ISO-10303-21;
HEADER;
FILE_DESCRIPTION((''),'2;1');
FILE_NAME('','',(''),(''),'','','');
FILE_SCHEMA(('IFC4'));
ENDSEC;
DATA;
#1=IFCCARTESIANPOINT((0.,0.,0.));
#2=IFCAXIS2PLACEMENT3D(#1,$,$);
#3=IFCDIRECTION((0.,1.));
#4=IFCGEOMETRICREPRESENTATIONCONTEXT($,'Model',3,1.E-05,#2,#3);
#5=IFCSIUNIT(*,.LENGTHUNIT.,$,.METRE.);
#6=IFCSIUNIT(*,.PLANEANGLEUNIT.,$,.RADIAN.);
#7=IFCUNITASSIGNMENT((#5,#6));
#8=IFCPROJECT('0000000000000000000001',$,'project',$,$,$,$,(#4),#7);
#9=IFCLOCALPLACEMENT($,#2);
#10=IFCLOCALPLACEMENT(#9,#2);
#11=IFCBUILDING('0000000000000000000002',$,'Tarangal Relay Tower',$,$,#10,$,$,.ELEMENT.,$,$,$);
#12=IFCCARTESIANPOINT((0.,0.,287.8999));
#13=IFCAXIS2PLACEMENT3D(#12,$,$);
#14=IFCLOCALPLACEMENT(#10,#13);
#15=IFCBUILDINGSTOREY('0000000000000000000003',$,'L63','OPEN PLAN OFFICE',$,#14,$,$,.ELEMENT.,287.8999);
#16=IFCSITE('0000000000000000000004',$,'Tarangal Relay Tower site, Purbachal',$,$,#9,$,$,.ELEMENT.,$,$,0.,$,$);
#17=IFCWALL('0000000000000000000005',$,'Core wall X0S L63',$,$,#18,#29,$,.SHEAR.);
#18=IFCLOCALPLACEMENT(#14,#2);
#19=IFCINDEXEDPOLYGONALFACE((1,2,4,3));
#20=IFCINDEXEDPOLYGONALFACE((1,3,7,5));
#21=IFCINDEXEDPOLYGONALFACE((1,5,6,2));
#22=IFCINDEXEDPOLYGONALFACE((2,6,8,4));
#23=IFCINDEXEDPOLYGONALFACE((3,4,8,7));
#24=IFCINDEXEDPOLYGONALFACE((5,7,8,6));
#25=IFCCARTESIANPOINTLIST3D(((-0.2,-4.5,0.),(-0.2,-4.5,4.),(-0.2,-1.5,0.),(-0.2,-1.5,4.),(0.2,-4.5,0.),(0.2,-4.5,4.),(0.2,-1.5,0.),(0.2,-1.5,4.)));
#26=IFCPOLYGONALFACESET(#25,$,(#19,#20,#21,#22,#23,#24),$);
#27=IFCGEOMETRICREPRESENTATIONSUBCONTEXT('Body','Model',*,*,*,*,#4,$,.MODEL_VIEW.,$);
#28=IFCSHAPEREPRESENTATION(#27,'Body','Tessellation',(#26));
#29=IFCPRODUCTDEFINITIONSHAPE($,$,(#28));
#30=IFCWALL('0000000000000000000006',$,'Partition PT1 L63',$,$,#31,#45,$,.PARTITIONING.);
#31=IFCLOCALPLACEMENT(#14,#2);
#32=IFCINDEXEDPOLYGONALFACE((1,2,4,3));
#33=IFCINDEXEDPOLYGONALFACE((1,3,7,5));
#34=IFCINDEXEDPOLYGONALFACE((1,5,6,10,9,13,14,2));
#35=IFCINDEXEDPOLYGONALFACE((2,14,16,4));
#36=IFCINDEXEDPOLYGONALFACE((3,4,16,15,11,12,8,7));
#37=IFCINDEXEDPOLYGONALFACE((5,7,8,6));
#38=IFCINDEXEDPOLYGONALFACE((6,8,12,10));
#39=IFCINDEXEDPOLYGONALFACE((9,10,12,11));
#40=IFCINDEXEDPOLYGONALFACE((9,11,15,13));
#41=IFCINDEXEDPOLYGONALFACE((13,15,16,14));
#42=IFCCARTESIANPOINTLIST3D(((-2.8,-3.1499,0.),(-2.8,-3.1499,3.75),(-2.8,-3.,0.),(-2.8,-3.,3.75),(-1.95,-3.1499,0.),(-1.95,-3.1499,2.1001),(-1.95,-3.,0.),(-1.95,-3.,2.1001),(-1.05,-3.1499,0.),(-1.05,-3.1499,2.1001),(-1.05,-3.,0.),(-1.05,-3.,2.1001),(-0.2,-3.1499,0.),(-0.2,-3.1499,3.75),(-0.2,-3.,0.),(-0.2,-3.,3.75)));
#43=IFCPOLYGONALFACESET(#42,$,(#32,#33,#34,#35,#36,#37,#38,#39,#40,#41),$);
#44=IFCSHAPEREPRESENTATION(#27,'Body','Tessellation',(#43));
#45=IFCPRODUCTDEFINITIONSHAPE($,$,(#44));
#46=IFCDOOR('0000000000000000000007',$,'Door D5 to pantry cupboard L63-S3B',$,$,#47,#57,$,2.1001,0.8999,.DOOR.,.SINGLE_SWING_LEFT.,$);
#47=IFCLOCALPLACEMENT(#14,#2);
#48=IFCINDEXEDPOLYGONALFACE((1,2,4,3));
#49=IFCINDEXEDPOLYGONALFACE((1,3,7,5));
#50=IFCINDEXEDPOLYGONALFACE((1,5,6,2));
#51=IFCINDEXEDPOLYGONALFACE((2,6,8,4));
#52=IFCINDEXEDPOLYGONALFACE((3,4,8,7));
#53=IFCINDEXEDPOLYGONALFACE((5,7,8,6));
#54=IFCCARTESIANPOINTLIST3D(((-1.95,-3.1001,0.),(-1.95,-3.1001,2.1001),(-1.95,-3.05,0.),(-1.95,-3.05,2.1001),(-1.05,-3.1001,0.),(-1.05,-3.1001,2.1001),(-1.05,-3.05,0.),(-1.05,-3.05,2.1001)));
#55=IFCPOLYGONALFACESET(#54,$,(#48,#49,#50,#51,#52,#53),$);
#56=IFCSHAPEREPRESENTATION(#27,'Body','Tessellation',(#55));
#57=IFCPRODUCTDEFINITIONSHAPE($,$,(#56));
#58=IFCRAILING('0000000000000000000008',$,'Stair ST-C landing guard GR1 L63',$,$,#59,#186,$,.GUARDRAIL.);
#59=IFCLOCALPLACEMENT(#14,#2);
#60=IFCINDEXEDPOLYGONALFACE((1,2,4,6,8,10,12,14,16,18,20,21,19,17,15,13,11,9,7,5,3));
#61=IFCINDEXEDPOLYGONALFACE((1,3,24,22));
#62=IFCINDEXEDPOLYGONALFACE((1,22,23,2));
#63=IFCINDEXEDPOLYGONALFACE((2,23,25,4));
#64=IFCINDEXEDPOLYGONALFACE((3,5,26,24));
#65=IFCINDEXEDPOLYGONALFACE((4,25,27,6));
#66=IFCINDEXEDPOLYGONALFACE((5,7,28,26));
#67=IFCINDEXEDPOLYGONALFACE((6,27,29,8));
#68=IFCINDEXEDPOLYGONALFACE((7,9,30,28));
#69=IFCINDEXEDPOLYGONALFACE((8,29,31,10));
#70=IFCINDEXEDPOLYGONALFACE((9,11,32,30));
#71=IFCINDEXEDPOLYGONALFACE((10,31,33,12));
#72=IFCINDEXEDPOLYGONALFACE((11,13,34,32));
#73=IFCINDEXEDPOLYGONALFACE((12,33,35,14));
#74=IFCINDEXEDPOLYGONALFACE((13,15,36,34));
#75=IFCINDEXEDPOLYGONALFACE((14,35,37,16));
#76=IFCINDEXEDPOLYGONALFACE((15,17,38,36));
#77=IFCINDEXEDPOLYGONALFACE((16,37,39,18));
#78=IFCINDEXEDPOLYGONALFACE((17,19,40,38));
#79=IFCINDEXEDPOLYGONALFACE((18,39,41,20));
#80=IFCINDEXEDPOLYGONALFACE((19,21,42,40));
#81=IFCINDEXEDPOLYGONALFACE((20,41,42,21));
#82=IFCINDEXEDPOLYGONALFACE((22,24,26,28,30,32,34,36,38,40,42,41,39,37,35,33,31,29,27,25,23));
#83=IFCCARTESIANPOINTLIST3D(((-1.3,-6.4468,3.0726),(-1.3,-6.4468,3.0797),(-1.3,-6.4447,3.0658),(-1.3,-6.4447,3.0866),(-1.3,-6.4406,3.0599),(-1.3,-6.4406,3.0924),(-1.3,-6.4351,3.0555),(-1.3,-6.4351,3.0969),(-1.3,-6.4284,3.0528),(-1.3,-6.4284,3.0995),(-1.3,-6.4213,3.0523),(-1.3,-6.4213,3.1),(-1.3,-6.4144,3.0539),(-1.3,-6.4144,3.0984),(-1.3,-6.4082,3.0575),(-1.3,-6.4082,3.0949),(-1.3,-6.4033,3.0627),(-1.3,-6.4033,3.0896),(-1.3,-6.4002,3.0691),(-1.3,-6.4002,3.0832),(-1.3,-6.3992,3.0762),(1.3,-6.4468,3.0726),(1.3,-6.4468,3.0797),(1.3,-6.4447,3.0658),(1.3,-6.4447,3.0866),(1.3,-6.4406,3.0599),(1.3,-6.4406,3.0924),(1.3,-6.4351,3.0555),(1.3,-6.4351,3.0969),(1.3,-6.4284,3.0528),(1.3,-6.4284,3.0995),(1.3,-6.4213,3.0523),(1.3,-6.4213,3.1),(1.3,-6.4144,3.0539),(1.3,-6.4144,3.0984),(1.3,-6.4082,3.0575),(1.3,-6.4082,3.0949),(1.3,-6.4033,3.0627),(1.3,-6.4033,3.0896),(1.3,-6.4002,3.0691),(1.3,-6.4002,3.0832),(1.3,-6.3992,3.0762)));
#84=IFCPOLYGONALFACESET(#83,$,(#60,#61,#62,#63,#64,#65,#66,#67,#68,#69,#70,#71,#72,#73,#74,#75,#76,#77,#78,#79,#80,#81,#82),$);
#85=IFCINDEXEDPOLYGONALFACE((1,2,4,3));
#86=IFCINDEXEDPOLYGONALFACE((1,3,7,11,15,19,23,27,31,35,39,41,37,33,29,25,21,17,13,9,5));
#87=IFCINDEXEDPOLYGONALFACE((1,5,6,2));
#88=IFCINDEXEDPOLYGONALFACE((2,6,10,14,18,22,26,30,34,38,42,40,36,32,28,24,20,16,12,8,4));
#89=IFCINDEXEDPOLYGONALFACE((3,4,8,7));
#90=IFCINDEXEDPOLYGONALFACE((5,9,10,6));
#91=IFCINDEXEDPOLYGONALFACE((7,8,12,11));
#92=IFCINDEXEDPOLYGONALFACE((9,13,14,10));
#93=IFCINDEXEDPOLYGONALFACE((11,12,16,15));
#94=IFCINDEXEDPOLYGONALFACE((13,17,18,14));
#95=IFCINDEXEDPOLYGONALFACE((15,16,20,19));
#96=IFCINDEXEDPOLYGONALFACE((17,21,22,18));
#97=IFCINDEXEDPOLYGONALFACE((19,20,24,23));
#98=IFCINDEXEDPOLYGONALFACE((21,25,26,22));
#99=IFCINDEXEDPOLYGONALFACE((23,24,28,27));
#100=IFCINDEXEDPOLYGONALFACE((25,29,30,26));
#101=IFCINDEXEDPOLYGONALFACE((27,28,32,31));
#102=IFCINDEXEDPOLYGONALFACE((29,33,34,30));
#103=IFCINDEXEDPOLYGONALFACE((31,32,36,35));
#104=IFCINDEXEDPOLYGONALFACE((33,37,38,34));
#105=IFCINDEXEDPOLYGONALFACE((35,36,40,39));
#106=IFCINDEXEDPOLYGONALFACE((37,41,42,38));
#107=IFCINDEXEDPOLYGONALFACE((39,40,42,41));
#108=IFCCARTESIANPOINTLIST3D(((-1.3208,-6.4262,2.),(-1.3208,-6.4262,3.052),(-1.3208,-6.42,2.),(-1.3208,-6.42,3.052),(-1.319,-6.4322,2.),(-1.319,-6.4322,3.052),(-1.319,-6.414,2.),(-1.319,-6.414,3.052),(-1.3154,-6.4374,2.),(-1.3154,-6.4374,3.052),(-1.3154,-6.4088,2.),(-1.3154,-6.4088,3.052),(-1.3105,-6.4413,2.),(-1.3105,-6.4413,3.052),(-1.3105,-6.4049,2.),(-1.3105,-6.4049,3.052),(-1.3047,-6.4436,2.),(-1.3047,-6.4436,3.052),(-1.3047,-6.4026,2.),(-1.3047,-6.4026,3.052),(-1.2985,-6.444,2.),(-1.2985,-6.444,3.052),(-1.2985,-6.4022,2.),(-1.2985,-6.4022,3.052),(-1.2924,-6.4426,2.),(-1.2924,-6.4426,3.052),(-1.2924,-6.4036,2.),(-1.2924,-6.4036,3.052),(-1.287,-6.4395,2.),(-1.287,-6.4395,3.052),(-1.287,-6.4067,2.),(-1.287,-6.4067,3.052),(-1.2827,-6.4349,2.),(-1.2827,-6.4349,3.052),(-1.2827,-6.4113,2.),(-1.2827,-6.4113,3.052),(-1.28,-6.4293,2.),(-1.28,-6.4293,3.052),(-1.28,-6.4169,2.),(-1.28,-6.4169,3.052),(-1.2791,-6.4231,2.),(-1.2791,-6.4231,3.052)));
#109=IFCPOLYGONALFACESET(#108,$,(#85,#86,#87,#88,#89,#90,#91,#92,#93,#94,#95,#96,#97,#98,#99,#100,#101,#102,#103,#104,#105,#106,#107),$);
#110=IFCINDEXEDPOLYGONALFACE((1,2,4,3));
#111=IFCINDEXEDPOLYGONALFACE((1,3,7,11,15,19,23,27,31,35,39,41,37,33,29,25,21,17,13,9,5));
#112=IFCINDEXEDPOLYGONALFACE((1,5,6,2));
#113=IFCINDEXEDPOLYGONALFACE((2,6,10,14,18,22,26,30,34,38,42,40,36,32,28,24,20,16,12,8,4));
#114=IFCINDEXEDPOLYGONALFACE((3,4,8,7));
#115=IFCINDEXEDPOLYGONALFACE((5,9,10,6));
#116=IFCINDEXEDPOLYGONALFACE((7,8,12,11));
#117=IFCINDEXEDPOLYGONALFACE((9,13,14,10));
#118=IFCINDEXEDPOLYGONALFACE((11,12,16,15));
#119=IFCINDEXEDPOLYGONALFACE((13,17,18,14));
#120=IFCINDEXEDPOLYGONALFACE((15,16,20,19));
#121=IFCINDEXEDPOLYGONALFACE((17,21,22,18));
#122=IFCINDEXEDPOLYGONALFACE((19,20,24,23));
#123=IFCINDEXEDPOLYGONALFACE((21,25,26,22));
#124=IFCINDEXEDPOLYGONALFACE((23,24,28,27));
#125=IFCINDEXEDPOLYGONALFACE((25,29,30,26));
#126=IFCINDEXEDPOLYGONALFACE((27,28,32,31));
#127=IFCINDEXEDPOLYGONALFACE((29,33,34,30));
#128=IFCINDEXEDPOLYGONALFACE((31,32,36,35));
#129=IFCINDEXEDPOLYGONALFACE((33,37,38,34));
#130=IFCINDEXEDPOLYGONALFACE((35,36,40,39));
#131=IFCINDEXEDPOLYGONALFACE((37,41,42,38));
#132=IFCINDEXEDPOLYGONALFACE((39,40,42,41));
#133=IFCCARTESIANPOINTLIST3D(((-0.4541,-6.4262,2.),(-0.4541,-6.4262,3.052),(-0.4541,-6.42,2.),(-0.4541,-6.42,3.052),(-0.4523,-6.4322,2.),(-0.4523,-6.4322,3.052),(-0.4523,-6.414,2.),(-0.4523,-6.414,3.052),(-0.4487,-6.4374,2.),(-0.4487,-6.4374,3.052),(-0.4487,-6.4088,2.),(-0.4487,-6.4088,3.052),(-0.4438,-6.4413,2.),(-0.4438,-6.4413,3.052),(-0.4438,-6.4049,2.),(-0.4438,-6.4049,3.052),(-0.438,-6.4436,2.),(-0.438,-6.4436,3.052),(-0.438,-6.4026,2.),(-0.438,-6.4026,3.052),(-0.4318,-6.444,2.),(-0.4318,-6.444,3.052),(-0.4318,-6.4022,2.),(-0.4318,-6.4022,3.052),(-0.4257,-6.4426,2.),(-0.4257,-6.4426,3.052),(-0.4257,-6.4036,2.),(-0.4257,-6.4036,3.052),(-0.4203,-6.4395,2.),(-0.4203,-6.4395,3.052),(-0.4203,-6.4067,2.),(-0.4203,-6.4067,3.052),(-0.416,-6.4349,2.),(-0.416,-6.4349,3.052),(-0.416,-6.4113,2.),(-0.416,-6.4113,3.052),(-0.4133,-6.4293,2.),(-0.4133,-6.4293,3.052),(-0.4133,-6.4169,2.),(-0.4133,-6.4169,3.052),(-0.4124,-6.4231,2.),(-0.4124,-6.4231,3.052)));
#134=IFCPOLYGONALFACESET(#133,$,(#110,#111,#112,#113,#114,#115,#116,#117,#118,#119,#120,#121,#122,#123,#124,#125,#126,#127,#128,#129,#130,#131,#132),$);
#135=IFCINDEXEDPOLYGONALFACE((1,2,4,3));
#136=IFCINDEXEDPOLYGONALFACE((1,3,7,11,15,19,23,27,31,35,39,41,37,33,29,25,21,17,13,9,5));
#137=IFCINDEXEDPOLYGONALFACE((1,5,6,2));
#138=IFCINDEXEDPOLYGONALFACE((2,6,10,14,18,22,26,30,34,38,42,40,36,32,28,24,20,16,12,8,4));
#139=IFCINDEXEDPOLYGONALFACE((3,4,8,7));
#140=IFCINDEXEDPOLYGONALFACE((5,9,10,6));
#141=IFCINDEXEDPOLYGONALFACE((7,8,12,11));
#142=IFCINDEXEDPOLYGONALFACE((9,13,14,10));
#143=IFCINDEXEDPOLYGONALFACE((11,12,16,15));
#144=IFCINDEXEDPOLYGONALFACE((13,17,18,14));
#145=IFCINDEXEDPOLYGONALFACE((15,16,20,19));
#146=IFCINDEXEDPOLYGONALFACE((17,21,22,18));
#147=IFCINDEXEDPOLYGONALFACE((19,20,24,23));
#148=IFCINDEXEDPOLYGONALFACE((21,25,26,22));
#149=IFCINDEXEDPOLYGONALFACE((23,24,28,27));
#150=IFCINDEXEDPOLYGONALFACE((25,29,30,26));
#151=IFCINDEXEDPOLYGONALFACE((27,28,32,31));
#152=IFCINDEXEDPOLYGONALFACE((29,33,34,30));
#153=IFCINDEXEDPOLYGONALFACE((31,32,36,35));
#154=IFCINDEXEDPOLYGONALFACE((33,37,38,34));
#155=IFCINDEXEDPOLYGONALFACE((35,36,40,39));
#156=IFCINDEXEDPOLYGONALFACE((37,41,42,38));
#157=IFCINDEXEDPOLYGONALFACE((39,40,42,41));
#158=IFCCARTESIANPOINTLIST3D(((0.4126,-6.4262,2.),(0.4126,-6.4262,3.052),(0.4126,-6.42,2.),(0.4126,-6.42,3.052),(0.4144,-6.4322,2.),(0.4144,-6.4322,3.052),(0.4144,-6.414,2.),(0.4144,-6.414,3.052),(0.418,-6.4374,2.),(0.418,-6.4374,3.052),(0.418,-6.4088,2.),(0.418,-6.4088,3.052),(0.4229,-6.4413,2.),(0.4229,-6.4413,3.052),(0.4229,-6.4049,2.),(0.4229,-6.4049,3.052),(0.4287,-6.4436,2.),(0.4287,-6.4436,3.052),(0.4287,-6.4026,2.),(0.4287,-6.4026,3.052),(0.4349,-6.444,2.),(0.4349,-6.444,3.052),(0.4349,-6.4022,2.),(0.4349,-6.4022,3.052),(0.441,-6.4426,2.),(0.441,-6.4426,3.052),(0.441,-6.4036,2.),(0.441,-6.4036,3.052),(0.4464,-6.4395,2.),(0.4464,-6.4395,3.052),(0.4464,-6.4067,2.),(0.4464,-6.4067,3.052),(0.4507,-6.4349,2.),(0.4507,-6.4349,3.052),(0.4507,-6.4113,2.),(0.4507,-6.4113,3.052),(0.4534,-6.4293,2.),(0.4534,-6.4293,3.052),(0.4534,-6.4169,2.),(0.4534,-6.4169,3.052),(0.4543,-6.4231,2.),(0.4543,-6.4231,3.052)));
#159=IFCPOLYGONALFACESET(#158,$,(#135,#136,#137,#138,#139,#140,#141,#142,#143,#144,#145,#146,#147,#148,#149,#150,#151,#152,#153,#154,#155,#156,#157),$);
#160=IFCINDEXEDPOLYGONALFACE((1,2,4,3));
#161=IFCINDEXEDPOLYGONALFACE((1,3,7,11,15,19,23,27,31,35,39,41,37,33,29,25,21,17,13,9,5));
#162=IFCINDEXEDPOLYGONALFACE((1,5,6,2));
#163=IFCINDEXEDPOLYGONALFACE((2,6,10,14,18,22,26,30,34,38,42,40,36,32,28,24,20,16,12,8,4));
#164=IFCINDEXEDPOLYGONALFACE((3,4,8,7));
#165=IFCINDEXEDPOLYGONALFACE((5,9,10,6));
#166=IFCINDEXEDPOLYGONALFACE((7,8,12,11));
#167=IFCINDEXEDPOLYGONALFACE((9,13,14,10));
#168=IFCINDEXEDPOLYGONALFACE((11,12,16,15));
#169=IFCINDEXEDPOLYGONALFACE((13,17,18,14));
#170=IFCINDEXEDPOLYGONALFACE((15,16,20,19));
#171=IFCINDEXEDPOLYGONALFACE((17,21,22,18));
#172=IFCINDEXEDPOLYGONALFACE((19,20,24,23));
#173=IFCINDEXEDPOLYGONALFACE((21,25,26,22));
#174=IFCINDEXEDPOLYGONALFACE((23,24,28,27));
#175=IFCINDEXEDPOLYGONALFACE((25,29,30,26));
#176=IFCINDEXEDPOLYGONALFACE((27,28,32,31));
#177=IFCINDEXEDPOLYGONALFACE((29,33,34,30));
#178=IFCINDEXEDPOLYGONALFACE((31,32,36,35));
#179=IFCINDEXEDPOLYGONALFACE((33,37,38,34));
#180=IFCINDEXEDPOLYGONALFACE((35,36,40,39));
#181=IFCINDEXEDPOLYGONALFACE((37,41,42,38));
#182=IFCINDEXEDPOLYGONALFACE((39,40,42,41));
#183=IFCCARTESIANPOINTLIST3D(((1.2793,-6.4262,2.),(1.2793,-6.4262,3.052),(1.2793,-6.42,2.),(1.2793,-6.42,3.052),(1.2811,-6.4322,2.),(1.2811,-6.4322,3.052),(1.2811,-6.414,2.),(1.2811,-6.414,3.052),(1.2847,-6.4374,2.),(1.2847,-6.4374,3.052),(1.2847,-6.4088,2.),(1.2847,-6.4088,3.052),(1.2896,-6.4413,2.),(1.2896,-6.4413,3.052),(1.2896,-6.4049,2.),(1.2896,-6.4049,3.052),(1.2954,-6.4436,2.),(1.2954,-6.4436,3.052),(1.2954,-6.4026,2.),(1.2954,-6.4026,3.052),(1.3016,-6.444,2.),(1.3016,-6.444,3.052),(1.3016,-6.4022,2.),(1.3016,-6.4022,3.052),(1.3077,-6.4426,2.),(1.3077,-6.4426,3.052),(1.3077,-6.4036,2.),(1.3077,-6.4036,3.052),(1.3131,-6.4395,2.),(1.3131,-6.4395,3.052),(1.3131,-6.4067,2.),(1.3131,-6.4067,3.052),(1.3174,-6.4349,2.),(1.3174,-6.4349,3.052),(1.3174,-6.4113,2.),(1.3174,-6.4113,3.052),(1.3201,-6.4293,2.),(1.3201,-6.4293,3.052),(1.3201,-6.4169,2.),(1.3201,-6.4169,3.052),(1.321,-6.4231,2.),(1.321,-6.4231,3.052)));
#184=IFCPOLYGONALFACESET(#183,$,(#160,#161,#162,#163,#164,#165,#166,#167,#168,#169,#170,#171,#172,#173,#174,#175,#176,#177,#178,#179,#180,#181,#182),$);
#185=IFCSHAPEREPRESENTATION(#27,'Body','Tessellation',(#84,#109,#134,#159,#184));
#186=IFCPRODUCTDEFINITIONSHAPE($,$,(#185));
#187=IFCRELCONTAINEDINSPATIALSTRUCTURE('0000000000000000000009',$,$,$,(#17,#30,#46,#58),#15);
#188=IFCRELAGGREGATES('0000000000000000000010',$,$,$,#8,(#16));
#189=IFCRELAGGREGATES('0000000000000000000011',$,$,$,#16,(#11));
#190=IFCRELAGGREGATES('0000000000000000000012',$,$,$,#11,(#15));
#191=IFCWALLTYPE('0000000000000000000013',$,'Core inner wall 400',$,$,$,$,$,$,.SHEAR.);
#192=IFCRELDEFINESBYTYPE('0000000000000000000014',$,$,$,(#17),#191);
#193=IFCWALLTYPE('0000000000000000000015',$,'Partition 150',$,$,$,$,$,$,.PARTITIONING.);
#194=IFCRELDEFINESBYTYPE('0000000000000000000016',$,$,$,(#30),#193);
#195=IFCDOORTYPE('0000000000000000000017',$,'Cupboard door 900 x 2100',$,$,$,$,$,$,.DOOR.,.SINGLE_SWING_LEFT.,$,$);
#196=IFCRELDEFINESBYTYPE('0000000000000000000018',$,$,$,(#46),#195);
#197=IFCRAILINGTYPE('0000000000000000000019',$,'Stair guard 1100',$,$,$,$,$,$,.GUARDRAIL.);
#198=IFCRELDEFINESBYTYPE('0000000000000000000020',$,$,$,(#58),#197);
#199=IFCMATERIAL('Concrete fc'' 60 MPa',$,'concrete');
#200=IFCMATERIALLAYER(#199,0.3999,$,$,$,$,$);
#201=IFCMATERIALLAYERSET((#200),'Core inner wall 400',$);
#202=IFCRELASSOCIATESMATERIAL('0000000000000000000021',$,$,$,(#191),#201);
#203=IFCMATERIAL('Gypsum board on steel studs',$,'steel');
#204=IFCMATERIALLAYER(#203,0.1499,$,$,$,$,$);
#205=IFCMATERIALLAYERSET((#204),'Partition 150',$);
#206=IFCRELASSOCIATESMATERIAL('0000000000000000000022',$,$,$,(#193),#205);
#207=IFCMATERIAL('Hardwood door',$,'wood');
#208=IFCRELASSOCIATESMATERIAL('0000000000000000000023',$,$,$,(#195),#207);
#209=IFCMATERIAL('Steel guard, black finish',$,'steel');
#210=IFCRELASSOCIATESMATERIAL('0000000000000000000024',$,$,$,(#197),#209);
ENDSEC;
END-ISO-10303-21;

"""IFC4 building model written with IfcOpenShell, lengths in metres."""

from ifc_helpers import new_model, si_unit, direction, frame, frame_2d, origin, origin_2d, place, context, subcontext, project, spatial, rectangle, circle, extrude, material, layer, layer_set, type_object, element, fill, save


model = new_model("IFC4")

# Units and contexts
model_context = context("Model", 3, precision=1e-05, world=origin(), true_north=direction((0.0, 1.0)))
body_context = subcontext(model_context, "Body", "Model", "MODEL_VIEW")
ifc_project = project(units=[si_unit("LENGTHUNIT", "METRE"), si_unit("PLANEANGLEUNIT", "RADIAN")], contexts=[model_context])

# Site, building, storey
site_placement = place(None, origin())
site = spatial("IfcSite", under=ifc_project, at=site_placement, Name="Tarangal Relay Tower site, Purbachal", CompositionType="ELEMENT", RefElevation=0.0)
building_placement = place(site_placement, origin())
building = spatial("IfcBuilding", under=site, at=building_placement, Name="Tarangal Relay Tower", CompositionType="ELEMENT")
storey_placement = place(building_placement, frame((0.0, 0.0, 287.8999)))
storey = spatial("IfcBuildingStorey", under=building, at=storey_placement, Name="L63", Description="OPEN PLAN OFFICE", CompositionType="ELEMENT", Elevation=287.8999)

# Shared definitions
ifc_material_1 = material(Name="Concrete fc' 60 MPa", Category="concrete")
ifc_layer_1 = layer(ifc_material_1, 0.3999)
ifc_layer_set_1 = layer_set([ifc_layer_1], Name="Core inner wall 400")
wall_type_1 = type_object("IfcWallType", Name="Core inner wall 400", PredefinedType="SHEAR", material=ifc_layer_set_1)

# Wall
for number, where, z_axis, x_axis, name in (
    (1, (0.0, -4.5, 0.0), (0.0, 0.0, 1.0), (0.0, 1.0, 0.0), "Core wall X0S L63"),
):
    element("IfcWall", number, at=place(storey_placement, frame(where, z_axis=z_axis, x_axis=x_axis)), inside=storey, type_object=wall_type_1, Name=name, PredefinedType="SHEAR", context=body_context, shape_type="SweptSolid", body=[
        extrude(rectangle(XDim=3.0, YDim=0.3999, at=frame_2d((1.5, 0.0))), origin(), (0.0, 0.0, 1.0), 4.0),
    ])

# Wall, opening, door
ifc_material_2 = material(Name="Gypsum board on steel studs", Category="steel")
ifc_layer_2 = layer(ifc_material_2, 0.1499)
ifc_layer_set_2 = layer_set([ifc_layer_2], Name="Partition 150")
wall_type_2 = type_object("IfcWallType", Name="Partition 150", PredefinedType="PARTITIONING", material=ifc_layer_set_2)
wall_1_placement = place(storey_placement, frame((-2.8, -3.075, 0.0), z_axis=(0.0, 0.0, 1.0), x_axis=(1.0, 0.0, 0.0)))
wall_1 = element("IfcWall", 2, at=wall_1_placement, inside=storey, type_object=wall_type_2, Name="Partition PT1 L63", PredefinedType="PARTITIONING", context=body_context, shape_type="SweptSolid", body=[
    extrude(rectangle(XDim=2.6001, YDim=0.1499, at=frame_2d((1.3, 0.0))), origin(), (0.0, 0.0, 1.0), 3.75),
])
opening_1_placement = place(wall_1_placement, frame((0.8501, 0.0, 0.0)))
opening_1 = element("IfcOpeningElement", 3, at=opening_1_placement, cuts=wall_1, PredefinedType="OPENING", context=body_context, shape_type="SweptSolid", body=[
    extrude(rectangle(XDim=0.8999, YDim=2.1001, at=frame_2d((0.45, 1.05))), frame((0.0, 0.085, 0.0), z_axis=(0.0, -1.0, 0.0), x_axis=(1.0, 0.0, 0.0)), (0.0, 0.0, 1.0), 0.1699),
])
ifc_material_3 = material(Name="Hardwood door", Category="wood")
door_type_1 = type_object("IfcDoorType", Name="Cupboard door 900 x 2100", OperationType="SINGLE_SWING_LEFT", PredefinedType="DOOR", material=ifc_material_3)
door_1_placement = place(opening_1_placement, origin())
door_1 = element("IfcDoor", 4, at=door_1_placement, inside=storey, type_object=door_type_1, Name="Door D5 to pantry cupboard L63-S3B", OperationType="SINGLE_SWING_LEFT", OverallHeight=2.1001, OverallWidth=0.8999, PredefinedType="DOOR", context=body_context, shape_type="SweptSolid", body=[
    extrude(rectangle(XDim=0.8999, YDim=2.1001, at=frame_2d((0.45, 1.05))), frame((0.0, 0.0249, 0.0), z_axis=(0.0, -1.0, 0.0), x_axis=(1.0, 0.0, 0.0)), (0.0, 0.0, 1.0), 0.05),
])
fill(opening_1, door_1)

# Railing
ifc_material_4 = material(Name="Steel guard, black finish", Category="steel")
railing_type = type_object("IfcRailingType", Name="Stair guard 1100", PredefinedType="GUARDRAIL", material=ifc_material_4)
railing_placement = place(storey_placement, frame((-1.3, -6.4231, 2.0)))
element("IfcRailing", 5, at=railing_placement, inside=storey, type_object=railing_type, Name="Stair ST-C landing guard GR1 L63", PredefinedType="GUARDRAIL", context=body_context, shape_type="SweptSolid", body=[
    extrude(circle(Radius=0.0239, at=origin_2d()), frame((0.0, 0.0, 1.0762), z_axis=(1.0, 0.0, 0.0), x_axis=(0.0, 1.0, 0.0)), (0.0, 0.0, 1.0), 2.6001),
    extrude(circle(Radius=0.021, at=origin_2d()), origin(), (0.0, 0.0, 1.0), 1.052),
    extrude(circle(Radius=0.021, at=origin_2d()), frame((0.8667, 0.0, 0.0)), (0.0, 0.0, 1.0), 1.052),
    extrude(circle(Radius=0.021, at=origin_2d()), frame((1.7334, 0.0, 0.0)), (0.0, 0.0, 1.0), 1.052),
    extrude(circle(Radius=0.021, at=origin_2d()), frame((2.6001, 0.0, 0.0)), (0.0, 0.0, 1.0), 1.052),
])

save(model, "model.ifc")
